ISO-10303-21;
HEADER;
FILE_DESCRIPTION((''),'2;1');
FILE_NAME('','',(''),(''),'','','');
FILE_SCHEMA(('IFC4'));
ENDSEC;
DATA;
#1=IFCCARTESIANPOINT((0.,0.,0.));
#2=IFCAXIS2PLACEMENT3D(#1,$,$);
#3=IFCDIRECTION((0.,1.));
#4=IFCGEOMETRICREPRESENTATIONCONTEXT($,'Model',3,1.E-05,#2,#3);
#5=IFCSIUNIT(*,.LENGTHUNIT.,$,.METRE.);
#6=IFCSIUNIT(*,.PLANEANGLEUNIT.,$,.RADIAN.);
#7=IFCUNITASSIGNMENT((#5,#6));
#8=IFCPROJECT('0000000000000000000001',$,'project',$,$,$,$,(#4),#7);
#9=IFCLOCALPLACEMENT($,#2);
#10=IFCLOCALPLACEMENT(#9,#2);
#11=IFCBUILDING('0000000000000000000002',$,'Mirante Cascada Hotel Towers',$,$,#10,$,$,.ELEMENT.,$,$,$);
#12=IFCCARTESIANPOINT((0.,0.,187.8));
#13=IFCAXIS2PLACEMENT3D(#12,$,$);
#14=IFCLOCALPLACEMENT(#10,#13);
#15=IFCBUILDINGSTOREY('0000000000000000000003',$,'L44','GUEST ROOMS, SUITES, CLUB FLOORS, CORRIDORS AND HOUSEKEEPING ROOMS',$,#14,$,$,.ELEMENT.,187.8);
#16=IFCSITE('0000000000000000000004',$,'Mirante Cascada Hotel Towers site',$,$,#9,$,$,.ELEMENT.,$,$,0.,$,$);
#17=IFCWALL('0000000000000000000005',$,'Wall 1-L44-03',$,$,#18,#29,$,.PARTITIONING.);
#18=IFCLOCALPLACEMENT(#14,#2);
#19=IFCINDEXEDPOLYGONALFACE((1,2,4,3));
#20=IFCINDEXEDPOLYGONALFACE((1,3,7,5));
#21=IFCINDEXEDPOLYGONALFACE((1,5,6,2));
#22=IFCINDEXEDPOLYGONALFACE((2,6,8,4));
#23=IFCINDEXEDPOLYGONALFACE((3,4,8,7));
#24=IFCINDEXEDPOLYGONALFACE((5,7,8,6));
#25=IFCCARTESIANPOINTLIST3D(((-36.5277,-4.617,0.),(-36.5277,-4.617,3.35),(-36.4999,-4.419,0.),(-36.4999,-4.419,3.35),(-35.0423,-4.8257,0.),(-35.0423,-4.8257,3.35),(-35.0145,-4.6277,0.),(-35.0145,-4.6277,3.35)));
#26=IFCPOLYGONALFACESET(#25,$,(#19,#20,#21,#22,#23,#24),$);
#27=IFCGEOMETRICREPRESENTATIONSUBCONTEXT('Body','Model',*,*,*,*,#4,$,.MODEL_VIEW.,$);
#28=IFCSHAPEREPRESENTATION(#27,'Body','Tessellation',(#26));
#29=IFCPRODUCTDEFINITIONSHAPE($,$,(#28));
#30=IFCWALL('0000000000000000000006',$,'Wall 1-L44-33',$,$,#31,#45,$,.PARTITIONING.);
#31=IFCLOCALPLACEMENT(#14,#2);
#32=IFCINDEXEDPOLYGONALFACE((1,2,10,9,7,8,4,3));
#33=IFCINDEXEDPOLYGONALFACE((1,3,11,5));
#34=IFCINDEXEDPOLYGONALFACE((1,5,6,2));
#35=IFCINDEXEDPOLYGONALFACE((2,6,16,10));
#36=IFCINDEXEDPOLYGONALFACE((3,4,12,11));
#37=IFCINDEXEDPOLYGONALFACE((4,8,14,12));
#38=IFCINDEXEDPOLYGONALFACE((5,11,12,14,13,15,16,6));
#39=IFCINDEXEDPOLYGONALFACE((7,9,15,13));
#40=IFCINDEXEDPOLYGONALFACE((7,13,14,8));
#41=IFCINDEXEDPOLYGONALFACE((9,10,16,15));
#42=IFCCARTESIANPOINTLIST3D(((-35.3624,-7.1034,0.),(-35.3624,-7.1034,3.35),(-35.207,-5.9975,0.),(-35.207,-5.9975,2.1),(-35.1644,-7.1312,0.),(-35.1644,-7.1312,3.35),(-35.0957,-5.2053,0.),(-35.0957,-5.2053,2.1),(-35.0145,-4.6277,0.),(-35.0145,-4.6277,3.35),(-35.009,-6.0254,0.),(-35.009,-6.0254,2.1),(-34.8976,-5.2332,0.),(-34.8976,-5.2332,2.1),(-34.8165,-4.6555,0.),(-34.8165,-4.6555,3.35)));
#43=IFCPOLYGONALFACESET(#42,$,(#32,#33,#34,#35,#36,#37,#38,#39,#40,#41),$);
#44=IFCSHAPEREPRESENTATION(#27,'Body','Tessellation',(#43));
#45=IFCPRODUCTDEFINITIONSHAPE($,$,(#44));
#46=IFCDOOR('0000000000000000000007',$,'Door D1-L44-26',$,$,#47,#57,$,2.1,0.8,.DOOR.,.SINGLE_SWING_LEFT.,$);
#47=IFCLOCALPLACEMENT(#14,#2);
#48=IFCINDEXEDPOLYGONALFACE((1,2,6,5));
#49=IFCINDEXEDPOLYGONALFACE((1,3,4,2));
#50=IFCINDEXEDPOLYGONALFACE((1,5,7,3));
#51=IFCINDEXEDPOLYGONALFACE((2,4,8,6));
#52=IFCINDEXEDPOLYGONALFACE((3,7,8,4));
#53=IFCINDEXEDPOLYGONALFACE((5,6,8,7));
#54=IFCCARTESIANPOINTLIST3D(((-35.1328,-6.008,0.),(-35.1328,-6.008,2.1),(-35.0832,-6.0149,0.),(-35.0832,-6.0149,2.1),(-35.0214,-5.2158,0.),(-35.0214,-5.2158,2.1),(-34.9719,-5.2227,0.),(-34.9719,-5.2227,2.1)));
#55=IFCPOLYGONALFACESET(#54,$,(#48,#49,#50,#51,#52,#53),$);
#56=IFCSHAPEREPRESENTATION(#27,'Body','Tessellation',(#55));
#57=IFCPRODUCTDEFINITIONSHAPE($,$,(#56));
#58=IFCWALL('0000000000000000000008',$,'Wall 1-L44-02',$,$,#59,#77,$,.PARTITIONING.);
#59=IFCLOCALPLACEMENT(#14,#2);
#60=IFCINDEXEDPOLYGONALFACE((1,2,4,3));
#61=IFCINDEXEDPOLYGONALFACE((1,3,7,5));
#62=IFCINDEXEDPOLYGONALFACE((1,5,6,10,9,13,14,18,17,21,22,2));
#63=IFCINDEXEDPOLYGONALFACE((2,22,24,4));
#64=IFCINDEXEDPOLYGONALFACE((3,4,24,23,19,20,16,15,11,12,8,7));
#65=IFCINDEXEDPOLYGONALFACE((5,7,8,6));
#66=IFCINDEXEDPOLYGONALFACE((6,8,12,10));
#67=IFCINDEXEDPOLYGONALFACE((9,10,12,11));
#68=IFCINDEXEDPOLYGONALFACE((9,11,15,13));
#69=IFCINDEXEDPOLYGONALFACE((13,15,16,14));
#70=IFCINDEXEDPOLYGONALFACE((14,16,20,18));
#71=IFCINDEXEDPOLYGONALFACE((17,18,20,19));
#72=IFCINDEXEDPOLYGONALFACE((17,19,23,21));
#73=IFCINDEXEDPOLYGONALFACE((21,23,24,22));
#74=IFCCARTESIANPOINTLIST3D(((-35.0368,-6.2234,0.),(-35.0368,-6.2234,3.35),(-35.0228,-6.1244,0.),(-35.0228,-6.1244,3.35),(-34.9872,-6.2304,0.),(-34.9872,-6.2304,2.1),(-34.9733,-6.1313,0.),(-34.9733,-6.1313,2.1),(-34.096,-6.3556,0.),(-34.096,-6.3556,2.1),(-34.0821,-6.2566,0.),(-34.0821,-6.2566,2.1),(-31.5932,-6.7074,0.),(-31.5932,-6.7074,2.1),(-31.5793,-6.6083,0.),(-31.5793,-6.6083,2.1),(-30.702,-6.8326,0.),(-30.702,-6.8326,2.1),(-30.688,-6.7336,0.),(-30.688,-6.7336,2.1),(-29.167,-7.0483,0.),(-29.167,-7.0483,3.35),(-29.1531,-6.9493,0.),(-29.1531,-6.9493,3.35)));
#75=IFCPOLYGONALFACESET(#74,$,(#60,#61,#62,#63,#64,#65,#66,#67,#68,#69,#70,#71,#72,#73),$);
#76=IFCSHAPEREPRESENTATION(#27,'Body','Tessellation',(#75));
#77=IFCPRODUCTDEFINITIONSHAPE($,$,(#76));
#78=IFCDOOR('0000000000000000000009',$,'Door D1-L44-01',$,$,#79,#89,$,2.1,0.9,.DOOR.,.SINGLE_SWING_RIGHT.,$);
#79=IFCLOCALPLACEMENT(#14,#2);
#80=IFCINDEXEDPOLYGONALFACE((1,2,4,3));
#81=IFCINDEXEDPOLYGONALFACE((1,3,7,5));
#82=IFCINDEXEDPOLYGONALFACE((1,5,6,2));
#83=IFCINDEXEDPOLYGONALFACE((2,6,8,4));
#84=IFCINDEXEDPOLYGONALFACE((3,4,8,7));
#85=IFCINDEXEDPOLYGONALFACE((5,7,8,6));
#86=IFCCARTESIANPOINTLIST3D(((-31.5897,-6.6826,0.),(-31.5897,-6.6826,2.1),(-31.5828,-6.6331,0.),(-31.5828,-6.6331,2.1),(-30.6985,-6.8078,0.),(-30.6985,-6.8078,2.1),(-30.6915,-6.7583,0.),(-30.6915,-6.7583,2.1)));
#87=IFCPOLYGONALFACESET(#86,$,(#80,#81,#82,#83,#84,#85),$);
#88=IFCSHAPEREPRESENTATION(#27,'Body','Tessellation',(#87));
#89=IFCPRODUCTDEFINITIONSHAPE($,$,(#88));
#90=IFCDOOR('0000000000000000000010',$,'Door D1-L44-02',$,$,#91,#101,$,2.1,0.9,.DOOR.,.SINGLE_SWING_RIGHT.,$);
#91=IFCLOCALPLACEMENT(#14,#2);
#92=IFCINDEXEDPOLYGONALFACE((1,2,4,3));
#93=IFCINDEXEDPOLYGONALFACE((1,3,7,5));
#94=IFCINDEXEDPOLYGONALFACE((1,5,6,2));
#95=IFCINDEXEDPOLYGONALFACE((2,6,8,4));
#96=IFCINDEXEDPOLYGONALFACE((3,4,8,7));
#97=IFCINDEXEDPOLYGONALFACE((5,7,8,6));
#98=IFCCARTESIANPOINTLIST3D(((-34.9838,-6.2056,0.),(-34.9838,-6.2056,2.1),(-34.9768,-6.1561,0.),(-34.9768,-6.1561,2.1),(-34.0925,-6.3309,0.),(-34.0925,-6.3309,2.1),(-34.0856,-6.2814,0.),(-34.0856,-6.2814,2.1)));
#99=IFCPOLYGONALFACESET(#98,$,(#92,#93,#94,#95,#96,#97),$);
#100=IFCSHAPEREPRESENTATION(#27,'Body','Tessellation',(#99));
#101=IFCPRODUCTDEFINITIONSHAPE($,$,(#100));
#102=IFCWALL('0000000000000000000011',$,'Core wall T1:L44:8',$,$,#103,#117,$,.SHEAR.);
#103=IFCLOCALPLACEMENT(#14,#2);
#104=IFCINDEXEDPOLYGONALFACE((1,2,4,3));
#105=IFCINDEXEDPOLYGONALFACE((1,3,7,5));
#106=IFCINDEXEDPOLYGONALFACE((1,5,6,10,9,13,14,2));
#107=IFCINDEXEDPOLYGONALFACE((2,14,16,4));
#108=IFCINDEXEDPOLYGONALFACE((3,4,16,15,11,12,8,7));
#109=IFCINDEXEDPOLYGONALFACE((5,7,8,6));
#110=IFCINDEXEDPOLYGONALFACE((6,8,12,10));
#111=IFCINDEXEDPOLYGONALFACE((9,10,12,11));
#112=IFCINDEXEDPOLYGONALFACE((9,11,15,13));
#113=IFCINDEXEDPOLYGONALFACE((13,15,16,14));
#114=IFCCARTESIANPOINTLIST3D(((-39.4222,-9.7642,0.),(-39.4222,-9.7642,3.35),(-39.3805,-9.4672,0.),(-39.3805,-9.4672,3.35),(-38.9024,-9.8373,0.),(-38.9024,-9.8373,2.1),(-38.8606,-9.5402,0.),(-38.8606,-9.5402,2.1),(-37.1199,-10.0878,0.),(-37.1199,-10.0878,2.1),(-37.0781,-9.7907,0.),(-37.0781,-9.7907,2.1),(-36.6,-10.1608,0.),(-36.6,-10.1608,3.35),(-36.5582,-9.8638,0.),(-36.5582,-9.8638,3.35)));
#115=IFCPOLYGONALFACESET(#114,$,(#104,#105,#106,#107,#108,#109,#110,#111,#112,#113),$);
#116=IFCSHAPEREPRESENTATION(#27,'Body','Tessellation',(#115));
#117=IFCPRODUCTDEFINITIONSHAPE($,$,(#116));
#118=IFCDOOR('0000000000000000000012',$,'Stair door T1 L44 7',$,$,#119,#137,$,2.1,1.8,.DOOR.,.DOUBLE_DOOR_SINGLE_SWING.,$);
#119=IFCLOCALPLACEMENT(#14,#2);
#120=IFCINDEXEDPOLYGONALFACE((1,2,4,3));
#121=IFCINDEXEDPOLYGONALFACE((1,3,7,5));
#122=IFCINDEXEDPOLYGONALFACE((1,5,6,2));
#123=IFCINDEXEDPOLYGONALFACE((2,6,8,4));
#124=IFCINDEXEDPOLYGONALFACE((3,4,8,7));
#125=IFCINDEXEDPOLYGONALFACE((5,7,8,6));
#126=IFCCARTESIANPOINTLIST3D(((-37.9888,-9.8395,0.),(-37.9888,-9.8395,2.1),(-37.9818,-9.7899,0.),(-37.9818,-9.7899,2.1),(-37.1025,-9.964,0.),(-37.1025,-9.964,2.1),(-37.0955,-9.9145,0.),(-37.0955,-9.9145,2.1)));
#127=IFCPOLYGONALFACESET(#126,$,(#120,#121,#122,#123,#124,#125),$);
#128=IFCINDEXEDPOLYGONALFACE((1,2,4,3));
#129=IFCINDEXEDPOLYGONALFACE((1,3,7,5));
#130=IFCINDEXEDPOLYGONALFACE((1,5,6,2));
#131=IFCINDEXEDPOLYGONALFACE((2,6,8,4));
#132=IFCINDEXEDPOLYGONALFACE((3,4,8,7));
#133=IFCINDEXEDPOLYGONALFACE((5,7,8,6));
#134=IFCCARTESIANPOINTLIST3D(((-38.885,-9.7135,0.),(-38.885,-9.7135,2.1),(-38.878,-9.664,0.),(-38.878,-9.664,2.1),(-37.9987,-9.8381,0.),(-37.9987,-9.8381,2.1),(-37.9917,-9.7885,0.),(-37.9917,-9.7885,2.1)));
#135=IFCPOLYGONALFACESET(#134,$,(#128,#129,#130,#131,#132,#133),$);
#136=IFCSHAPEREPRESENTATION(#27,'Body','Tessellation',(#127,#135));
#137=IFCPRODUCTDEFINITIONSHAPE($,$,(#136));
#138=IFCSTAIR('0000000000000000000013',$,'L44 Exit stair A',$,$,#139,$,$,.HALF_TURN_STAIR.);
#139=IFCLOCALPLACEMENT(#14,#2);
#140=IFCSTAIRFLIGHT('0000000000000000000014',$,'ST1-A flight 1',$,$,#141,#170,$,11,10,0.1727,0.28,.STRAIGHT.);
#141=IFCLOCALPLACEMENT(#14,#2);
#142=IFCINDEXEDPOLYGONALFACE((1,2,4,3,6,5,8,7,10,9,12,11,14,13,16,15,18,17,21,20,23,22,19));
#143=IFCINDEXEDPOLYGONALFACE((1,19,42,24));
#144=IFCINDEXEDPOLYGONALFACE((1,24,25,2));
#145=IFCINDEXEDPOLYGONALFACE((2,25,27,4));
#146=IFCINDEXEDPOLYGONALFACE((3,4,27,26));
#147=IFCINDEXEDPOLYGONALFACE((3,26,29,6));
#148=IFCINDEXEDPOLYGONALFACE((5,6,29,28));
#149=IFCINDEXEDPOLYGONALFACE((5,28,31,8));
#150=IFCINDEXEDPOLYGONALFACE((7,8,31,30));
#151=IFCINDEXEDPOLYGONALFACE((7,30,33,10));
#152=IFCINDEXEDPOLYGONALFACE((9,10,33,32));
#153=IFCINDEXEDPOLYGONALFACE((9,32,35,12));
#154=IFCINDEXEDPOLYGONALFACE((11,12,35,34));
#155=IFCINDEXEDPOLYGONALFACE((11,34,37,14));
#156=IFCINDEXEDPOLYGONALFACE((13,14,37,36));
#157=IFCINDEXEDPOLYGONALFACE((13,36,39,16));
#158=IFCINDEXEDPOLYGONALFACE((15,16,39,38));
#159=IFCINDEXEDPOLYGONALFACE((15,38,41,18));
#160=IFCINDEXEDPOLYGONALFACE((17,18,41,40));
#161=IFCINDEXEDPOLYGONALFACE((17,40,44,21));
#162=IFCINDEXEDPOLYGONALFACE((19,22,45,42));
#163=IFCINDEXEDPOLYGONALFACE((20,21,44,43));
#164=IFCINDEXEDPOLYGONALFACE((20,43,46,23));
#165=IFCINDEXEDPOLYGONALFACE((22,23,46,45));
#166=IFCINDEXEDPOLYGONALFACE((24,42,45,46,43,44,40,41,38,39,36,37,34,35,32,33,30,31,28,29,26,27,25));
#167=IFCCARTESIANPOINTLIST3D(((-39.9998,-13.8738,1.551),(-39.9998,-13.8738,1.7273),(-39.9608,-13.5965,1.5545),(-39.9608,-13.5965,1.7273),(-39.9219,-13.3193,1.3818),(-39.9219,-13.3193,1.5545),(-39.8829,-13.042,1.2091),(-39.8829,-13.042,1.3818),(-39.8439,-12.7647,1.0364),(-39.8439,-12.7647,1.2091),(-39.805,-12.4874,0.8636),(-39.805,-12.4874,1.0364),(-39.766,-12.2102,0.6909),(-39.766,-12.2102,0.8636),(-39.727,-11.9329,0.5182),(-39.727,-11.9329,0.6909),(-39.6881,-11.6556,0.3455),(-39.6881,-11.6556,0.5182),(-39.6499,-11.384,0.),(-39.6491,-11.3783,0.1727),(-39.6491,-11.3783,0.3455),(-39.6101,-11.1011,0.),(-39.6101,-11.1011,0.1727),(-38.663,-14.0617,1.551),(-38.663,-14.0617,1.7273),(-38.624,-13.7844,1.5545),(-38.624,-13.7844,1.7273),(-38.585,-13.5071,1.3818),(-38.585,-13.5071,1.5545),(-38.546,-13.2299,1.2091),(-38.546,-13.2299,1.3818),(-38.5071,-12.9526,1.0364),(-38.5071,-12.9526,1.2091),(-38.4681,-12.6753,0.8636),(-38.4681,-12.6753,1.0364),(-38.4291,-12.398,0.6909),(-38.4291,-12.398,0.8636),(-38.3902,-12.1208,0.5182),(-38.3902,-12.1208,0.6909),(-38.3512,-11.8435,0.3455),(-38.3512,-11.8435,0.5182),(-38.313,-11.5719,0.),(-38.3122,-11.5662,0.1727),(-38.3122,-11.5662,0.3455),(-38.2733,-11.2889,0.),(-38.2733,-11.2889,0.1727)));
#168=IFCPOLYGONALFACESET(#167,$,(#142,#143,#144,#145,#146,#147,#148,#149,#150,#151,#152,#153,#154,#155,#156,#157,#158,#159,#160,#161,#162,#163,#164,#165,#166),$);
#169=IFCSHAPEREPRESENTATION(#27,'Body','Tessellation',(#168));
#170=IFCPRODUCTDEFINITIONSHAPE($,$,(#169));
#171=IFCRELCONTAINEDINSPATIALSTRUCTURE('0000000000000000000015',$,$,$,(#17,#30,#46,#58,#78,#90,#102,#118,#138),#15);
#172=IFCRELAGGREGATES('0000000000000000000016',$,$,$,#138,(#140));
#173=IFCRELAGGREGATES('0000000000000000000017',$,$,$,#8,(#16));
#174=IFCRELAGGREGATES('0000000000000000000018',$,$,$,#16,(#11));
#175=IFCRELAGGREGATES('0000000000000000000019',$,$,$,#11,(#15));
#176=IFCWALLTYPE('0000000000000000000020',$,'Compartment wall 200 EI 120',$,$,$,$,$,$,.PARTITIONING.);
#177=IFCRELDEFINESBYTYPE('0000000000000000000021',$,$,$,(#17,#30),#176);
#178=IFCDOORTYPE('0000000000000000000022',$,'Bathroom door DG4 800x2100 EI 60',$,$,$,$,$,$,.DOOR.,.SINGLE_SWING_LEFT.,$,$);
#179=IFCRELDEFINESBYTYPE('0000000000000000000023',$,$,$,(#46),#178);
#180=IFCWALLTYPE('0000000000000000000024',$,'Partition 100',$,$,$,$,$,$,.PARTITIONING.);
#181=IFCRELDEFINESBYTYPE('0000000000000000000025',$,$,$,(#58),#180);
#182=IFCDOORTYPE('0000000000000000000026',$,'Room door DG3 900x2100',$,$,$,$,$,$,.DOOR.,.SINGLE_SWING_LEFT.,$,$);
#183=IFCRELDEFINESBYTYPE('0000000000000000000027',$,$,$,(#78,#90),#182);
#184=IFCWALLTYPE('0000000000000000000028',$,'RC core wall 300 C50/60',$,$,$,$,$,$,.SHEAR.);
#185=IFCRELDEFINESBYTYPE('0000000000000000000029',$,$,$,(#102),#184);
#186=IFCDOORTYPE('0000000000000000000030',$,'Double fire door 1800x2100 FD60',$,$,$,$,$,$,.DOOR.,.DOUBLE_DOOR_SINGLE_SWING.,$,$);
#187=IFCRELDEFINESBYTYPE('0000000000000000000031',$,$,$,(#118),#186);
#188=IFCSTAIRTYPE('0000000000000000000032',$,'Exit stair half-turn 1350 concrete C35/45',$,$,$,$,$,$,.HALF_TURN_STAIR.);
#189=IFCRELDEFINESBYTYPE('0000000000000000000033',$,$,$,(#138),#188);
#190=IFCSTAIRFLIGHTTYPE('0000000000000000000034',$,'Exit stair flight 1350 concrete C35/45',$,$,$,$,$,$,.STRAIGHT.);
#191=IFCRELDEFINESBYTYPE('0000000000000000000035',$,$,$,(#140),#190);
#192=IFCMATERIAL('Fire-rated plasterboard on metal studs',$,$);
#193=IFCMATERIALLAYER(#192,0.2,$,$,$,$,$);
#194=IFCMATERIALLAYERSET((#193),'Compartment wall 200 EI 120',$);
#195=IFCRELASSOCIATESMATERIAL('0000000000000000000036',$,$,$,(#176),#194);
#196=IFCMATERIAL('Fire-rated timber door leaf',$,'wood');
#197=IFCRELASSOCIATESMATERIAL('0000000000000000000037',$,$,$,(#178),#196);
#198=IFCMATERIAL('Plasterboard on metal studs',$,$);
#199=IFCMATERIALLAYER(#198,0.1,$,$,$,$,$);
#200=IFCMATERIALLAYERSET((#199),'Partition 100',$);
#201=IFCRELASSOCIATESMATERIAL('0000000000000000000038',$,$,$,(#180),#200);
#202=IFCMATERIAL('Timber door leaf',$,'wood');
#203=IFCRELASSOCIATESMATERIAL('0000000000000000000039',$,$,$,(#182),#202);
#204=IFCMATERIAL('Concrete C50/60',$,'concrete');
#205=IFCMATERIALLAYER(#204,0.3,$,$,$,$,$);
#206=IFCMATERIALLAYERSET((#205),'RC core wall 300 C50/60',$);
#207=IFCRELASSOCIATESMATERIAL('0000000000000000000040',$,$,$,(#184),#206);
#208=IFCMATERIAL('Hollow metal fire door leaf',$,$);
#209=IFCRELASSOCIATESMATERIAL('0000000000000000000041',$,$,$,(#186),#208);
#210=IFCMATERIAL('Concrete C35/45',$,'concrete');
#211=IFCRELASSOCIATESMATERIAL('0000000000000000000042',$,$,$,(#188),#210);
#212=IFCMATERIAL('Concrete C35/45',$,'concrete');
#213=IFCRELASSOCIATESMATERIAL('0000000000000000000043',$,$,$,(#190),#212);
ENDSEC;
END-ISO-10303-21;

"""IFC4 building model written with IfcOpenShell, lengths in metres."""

from ifc_helpers import new_model, si_unit, direction, frame, frame_2d, origin, place, context, subcontext, project, spatial, polyline, rectangle, outline, extrude, material, layer, layer_set, type_object, element, fill, aggregate, save


model = new_model("IFC4")

# Units and contexts
model_context = context("Model", 3, precision=1e-05, world=origin(), true_north=direction((0.0, 1.0)))
body_context = subcontext(model_context, "Body", "Model", "MODEL_VIEW")
ifc_project = project(units=[si_unit("LENGTHUNIT", "METRE"), si_unit("PLANEANGLEUNIT", "RADIAN")], contexts=[model_context])

# Site, building, storey
site_placement = place(None, origin())
site = spatial("IfcSite", under=ifc_project, at=site_placement, Name="Mirante Cascada Hotel Towers site", CompositionType="ELEMENT", RefElevation=0.0)
building_placement = place(site_placement, origin())
building = spatial("IfcBuilding", under=site, at=building_placement, Name="Mirante Cascada Hotel Towers", CompositionType="ELEMENT")
storey_placement = place(building_placement, frame((0.0, 0.0, 187.8)))
storey = spatial("IfcBuildingStorey", under=building, at=storey_placement, Name="L44", Description="GUEST ROOMS, SUITES, CLUB FLOORS, CORRIDORS AND HOUSEKEEPING ROOMS", CompositionType="ELEMENT", Elevation=187.8)

# Wall
ifc_material_1 = material(Name="Fire-rated plasterboard on metal studs")
ifc_layer_1 = layer(ifc_material_1, 0.2)
ifc_layer_set_1 = layer_set([ifc_layer_1], Name="Compartment wall 200 EI 120")
wall_type_1 = type_object("IfcWallType", Name="Compartment wall 200 EI 120", PredefinedType="PARTITIONING", material=ifc_layer_set_1)
wall_1_placement = place(storey_placement, frame((-35.0284, -4.7267, 0.0), z_axis=(0.0, 0.0, 1.0), x_axis=(-0.990274, 0.139134, 0.0)))
element("IfcWall", 1, at=wall_1_placement, inside=storey, type_object=wall_type_1, Name="Wall 1-L44-03", PredefinedType="PARTITIONING", context=body_context, shape_type="SweptSolid", body=[
    extrude(rectangle(XDim=1.5, YDim=0.2, at=frame_2d((0.75, 0.0))), origin(), (0.0, 0.0, 1.0), 3.35),
])

# Wall, opening, door
wall_2_placement = place(storey_placement, frame((-35.2634, -7.1173, 0.0), z_axis=(0.0, 0.0, 1.0), x_axis=(0.139159, 0.99027, 0.0)))
wall_2 = element("IfcWall", 2, at=wall_2_placement, inside=storey, type_object=wall_type_1, Name="Wall 1-L44-33", PredefinedType="PARTITIONING", context=body_context, shape_type="SweptSolid", body=[
    extrude(rectangle(XDim=2.5, YDim=0.2, at=frame_2d((1.25, 0.0))), origin(), (0.0, 0.0, 1.0), 3.35),
])
opening_1_placement = place(wall_2_placement, frame((1.1167, 0.0, 0.0)))
opening_1 = element("IfcOpeningElement", 3, at=opening_1_placement, cuts=wall_2, PredefinedType="OPENING", context=body_context, shape_type="SweptSolid", body=[
    extrude(rectangle(XDim=0.8, YDim=2.1, at=frame_2d((0.4, 1.05))), frame((0.0, 0.1, 0.0), z_axis=(0.0, -1.0, 0.0), x_axis=(1.0, 0.0, 0.0)), (0.0, 0.0, 1.0), 0.2),
])
ifc_material_2 = material(Name="Fire-rated timber door leaf", Category="wood")
door_type_1 = type_object("IfcDoorType", Name="Bathroom door DG4 800x2100 EI 60", OperationType="SINGLE_SWING_LEFT", PredefinedType="DOOR", material=ifc_material_2)
door_1_placement = place(opening_1_placement, origin())
door_1 = element("IfcDoor", 4, at=door_1_placement, inside=storey, type_object=door_type_1, Name="Door D1-L44-26", OperationType="SINGLE_SWING_LEFT", OverallHeight=2.1, OverallWidth=0.8, PredefinedType="DOOR", context=body_context, shape_type="SweptSolid", body=[
    extrude(rectangle(XDim=0.8, YDim=2.1, at=frame_2d((0.4, 1.05))), frame((0.0, 0.025, 0.0), z_axis=(0.0, -1.0, 0.0), x_axis=(1.0, 0.0, 0.0)), (0.0, 0.0, 1.0), 0.05),
])
fill(opening_1, door_1)

# Wall, openings, doors
ifc_material_3 = material(Name="Plasterboard on metal studs")
ifc_layer_2 = layer(ifc_material_3, 0.1)
ifc_layer_set_2 = layer_set([ifc_layer_2], Name="Partition 100")
wall_type_2 = type_object("IfcWallType", Name="Partition 100", PredefinedType="PARTITIONING", material=ifc_layer_set_2)
wall_3_placement = place(storey_placement, frame((-35.0298, -6.1739, 0.0), z_axis=(0.0, 0.0, 1.0), x_axis=(0.990269, -0.139168, 0.0)))
wall_3 = element("IfcWall", 5, at=wall_3_placement, inside=storey, type_object=wall_type_2, Name="Wall 1-L44-02", PredefinedType="PARTITIONING", context=body_context, shape_type="SweptSolid", body=[
    extrude(rectangle(XDim=5.9274, YDim=0.1, at=frame_2d((2.9637, 0.0))), origin(), (0.0, 0.0, 1.0), 3.35),
])
opening_2_placement = place(wall_3_placement, frame((3.4774, 0.0, 0.0)))
opening_2 = element("IfcOpeningElement", 6, at=opening_2_placement, cuts=wall_3, PredefinedType="OPENING", context=body_context, shape_type="SweptSolid", body=[
    extrude(rectangle(XDim=0.9, YDim=2.1, at=frame_2d((0.45, 1.05))), frame((0.0, 0.05, 0.0), z_axis=(0.0, -1.0, 0.0), x_axis=(1.0, 0.0, 0.0)), (0.0, 0.0, 1.0), 0.1),
])
opening_3_placement = place(wall_3_placement, frame((0.05, 0.0, 0.0)))
opening_3 = element("IfcOpeningElement", 7, at=opening_3_placement, cuts=wall_3, PredefinedType="OPENING", context=body_context, shape_type="SweptSolid", body=[
    extrude(rectangle(XDim=0.9, YDim=2.1, at=frame_2d((0.45, 1.05))), frame((0.0, 0.05, 0.0), z_axis=(0.0, -1.0, 0.0), x_axis=(1.0, 0.0, 0.0)), (0.0, 0.0, 1.0), 0.1),
])
ifc_material_4 = material(Name="Timber door leaf", Category="wood")
door_type_2 = type_object("IfcDoorType", Name="Room door DG3 900x2100", OperationType="SINGLE_SWING_LEFT", PredefinedType="DOOR", material=ifc_material_4)
door_2_placement = place(opening_2_placement, frame((0.9, 0.0, 0.0), z_axis=(0.0, 0.0, 1.0), x_axis=(-1.0, 0.0, 0.0)))
door_2 = element("IfcDoor", 8, at=door_2_placement, inside=storey, type_object=door_type_2, Name="Door D1-L44-01", OperationType="SINGLE_SWING_RIGHT", OverallHeight=2.1, OverallWidth=0.9, PredefinedType="DOOR", context=body_context, shape_type="SweptSolid", body=[
    extrude(rectangle(XDim=0.9, YDim=2.1, at=frame_2d((0.45, 1.05))), frame((0.0, 0.025, 0.0), z_axis=(0.0, -1.0, 0.0), x_axis=(1.0, 0.0, 0.0)), (0.0, 0.0, 1.0), 0.05),
])
fill(opening_2, door_2)
door_3_placement = place(opening_3_placement, frame((0.9, 0.0, 0.0), z_axis=(0.0, 0.0, 1.0), x_axis=(-1.0, 0.0, 0.0)))
door_3 = element("IfcDoor", 9, at=door_3_placement, inside=storey, type_object=door_type_2, Name="Door D1-L44-02", OperationType="SINGLE_SWING_RIGHT", OverallHeight=2.1, OverallWidth=0.9, PredefinedType="DOOR", context=body_context, shape_type="SweptSolid", body=[
    extrude(rectangle(XDim=0.9, YDim=2.1, at=frame_2d((0.45, 1.05))), frame((0.0, 0.025, 0.0), z_axis=(0.0, -1.0, 0.0), x_axis=(1.0, 0.0, 0.0)), (0.0, 0.0, 1.0), 0.05),
])
fill(opening_3, door_3)

# Wall, opening, door
ifc_material_5 = material(Name="Concrete C50/60", Category="concrete")
ifc_layer_3 = layer(ifc_material_5, 0.3)
ifc_layer_set_3 = layer_set([ifc_layer_3], Name="RC core wall 300 C50/60")
wall_type_3 = type_object("IfcWallType", Name="RC core wall 300 C50/60", PredefinedType="SHEAR", material=ifc_layer_set_3)
wall_4_placement = place(storey_placement, frame((-36.5791, -10.0123, 0.0), z_axis=(0.0, 0.0, 1.0), x_axis=(-0.99027, 0.139156, 0.0)))
wall_4 = element("IfcWall", 10, at=wall_4_placement, inside=storey, type_object=wall_type_3, Name="Core wall T1:L44:8", PredefinedType="SHEAR", context=body_context, shape_type="SweptSolid", body=[
    extrude(rectangle(XDim=2.85, YDim=0.3, at=frame_2d((1.425, 0.0))), origin(), (0.0, 0.0, 1.0), 3.35),
])
opening_4_placement = place(wall_4_placement, frame((0.525, 0.0, 0.0)))
opening_4 = element("IfcOpeningElement", 11, at=opening_4_placement, cuts=wall_4, PredefinedType="OPENING", context=body_context, shape_type="SweptSolid", body=[
    extrude(rectangle(XDim=1.8, YDim=2.1, at=frame_2d((0.9, 1.05))), frame((0.0, 0.15, 0.0), z_axis=(0.0, -1.0, 0.0), x_axis=(1.0, 0.0, 0.0)), (0.0, 0.0, 1.0), 0.3),
])
ifc_material_6 = material(Name="Hollow metal fire door leaf")
door_type_3 = type_object("IfcDoorType", Name="Double fire door 1800x2100 FD60", OperationType="DOUBLE_DOOR_SINGLE_SWING", PredefinedType="DOOR", material=ifc_material_6)
door_4_placement = place(opening_4_placement, origin())
door_4 = element("IfcDoor", 12, at=door_4_placement, inside=storey, type_object=door_type_3, Name="Stair door T1 L44 7", OperationType="DOUBLE_DOOR_SINGLE_SWING", OverallHeight=2.1, OverallWidth=1.8, PredefinedType="DOOR", context=body_context, shape_type="SweptSolid", body=[
    extrude(rectangle(XDim=0.895, YDim=2.1, at=frame_2d((0.4475, 1.05))), frame((0.0, 0.025, 0.0), z_axis=(0.0, -1.0, 0.0), x_axis=(1.0, 0.0, 0.0)), (0.0, 0.0, 1.0), 0.05),
    extrude(rectangle(XDim=0.895, YDim=2.1, at=frame_2d((1.3525, 1.05))), frame((0.0, 0.025, 0.0), z_axis=(0.0, -1.0, 0.0), x_axis=(1.0, 0.0, 0.0)), (0.0, 0.0, 1.0), 0.05),
])
fill(opening_4, door_4)

# Stair, stair flight
ifc_material_7 = material(Name="Concrete C35/45", Category="concrete")
stair_type = type_object("IfcStairType", Name="Exit stair half-turn 1350 concrete C35/45", PredefinedType="HALF_TURN_STAIR", material=ifc_material_7)
stair_placement = place(storey_placement, origin())
stair = element("IfcStair", 13, at=stair_placement, inside=storey, type_object=stair_type, Name="L44 Exit stair A", PredefinedType="HALF_TURN_STAIR")
ifc_material_8 = material(Name="Concrete C35/45", Category="concrete")
stair_flight_type = type_object("IfcStairFlightType", Name="Exit stair flight 1350 concrete C35/45", PredefinedType="STRAIGHT", material=ifc_material_8)
stair_flight_placement = place(storey_placement, frame((-38.9417, -11.195, 0.0), z_axis=(0.0, 0.0, 1.0), x_axis=(-0.139173, -0.990268, 0.0)))
stair_flight = element("IfcStairFlight", 14, at=stair_flight_placement, type_object=stair_flight_type, Name="ST1-A flight 1", NumberOfRisers=11, NumberOfTreads=10, PredefinedType="STRAIGHT", RiserHeight=0.1727, TreadLength=0.28, context=body_context, shape_type="SweptSolid", body=[
    extrude(outline(polyline([(0.0, 0.0), (0.0, 0.1727), (0.28, 0.1727), (0.28, 0.3455), (0.56, 0.3455), (0.56, 0.5182), (0.84, 0.5182), (0.84, 0.6909), (1.12, 0.6909), (1.12, 0.8636), (1.4, 0.8636), (1.4, 1.0364), (1.68, 1.0364), (1.68, 1.2091), (1.96, 1.2091), (1.96, 1.3818), (2.24, 1.3818), (2.24, 1.5545), (2.52, 1.5545), (2.52, 1.7273), (2.8, 1.7273), (2.8, 1.9), (2.8, 1.551), (0.2857, 0.0), (0.0, 0.0)])), frame((0.0, 0.675, 0.0), z_axis=(0.0, -1.0, 0.0), x_axis=(1.0, 0.0, 0.0)), (0.0, 0.0, 1.0), 1.35),
])
aggregate(stair, [stair_flight])

save(model, "model.ifc")
